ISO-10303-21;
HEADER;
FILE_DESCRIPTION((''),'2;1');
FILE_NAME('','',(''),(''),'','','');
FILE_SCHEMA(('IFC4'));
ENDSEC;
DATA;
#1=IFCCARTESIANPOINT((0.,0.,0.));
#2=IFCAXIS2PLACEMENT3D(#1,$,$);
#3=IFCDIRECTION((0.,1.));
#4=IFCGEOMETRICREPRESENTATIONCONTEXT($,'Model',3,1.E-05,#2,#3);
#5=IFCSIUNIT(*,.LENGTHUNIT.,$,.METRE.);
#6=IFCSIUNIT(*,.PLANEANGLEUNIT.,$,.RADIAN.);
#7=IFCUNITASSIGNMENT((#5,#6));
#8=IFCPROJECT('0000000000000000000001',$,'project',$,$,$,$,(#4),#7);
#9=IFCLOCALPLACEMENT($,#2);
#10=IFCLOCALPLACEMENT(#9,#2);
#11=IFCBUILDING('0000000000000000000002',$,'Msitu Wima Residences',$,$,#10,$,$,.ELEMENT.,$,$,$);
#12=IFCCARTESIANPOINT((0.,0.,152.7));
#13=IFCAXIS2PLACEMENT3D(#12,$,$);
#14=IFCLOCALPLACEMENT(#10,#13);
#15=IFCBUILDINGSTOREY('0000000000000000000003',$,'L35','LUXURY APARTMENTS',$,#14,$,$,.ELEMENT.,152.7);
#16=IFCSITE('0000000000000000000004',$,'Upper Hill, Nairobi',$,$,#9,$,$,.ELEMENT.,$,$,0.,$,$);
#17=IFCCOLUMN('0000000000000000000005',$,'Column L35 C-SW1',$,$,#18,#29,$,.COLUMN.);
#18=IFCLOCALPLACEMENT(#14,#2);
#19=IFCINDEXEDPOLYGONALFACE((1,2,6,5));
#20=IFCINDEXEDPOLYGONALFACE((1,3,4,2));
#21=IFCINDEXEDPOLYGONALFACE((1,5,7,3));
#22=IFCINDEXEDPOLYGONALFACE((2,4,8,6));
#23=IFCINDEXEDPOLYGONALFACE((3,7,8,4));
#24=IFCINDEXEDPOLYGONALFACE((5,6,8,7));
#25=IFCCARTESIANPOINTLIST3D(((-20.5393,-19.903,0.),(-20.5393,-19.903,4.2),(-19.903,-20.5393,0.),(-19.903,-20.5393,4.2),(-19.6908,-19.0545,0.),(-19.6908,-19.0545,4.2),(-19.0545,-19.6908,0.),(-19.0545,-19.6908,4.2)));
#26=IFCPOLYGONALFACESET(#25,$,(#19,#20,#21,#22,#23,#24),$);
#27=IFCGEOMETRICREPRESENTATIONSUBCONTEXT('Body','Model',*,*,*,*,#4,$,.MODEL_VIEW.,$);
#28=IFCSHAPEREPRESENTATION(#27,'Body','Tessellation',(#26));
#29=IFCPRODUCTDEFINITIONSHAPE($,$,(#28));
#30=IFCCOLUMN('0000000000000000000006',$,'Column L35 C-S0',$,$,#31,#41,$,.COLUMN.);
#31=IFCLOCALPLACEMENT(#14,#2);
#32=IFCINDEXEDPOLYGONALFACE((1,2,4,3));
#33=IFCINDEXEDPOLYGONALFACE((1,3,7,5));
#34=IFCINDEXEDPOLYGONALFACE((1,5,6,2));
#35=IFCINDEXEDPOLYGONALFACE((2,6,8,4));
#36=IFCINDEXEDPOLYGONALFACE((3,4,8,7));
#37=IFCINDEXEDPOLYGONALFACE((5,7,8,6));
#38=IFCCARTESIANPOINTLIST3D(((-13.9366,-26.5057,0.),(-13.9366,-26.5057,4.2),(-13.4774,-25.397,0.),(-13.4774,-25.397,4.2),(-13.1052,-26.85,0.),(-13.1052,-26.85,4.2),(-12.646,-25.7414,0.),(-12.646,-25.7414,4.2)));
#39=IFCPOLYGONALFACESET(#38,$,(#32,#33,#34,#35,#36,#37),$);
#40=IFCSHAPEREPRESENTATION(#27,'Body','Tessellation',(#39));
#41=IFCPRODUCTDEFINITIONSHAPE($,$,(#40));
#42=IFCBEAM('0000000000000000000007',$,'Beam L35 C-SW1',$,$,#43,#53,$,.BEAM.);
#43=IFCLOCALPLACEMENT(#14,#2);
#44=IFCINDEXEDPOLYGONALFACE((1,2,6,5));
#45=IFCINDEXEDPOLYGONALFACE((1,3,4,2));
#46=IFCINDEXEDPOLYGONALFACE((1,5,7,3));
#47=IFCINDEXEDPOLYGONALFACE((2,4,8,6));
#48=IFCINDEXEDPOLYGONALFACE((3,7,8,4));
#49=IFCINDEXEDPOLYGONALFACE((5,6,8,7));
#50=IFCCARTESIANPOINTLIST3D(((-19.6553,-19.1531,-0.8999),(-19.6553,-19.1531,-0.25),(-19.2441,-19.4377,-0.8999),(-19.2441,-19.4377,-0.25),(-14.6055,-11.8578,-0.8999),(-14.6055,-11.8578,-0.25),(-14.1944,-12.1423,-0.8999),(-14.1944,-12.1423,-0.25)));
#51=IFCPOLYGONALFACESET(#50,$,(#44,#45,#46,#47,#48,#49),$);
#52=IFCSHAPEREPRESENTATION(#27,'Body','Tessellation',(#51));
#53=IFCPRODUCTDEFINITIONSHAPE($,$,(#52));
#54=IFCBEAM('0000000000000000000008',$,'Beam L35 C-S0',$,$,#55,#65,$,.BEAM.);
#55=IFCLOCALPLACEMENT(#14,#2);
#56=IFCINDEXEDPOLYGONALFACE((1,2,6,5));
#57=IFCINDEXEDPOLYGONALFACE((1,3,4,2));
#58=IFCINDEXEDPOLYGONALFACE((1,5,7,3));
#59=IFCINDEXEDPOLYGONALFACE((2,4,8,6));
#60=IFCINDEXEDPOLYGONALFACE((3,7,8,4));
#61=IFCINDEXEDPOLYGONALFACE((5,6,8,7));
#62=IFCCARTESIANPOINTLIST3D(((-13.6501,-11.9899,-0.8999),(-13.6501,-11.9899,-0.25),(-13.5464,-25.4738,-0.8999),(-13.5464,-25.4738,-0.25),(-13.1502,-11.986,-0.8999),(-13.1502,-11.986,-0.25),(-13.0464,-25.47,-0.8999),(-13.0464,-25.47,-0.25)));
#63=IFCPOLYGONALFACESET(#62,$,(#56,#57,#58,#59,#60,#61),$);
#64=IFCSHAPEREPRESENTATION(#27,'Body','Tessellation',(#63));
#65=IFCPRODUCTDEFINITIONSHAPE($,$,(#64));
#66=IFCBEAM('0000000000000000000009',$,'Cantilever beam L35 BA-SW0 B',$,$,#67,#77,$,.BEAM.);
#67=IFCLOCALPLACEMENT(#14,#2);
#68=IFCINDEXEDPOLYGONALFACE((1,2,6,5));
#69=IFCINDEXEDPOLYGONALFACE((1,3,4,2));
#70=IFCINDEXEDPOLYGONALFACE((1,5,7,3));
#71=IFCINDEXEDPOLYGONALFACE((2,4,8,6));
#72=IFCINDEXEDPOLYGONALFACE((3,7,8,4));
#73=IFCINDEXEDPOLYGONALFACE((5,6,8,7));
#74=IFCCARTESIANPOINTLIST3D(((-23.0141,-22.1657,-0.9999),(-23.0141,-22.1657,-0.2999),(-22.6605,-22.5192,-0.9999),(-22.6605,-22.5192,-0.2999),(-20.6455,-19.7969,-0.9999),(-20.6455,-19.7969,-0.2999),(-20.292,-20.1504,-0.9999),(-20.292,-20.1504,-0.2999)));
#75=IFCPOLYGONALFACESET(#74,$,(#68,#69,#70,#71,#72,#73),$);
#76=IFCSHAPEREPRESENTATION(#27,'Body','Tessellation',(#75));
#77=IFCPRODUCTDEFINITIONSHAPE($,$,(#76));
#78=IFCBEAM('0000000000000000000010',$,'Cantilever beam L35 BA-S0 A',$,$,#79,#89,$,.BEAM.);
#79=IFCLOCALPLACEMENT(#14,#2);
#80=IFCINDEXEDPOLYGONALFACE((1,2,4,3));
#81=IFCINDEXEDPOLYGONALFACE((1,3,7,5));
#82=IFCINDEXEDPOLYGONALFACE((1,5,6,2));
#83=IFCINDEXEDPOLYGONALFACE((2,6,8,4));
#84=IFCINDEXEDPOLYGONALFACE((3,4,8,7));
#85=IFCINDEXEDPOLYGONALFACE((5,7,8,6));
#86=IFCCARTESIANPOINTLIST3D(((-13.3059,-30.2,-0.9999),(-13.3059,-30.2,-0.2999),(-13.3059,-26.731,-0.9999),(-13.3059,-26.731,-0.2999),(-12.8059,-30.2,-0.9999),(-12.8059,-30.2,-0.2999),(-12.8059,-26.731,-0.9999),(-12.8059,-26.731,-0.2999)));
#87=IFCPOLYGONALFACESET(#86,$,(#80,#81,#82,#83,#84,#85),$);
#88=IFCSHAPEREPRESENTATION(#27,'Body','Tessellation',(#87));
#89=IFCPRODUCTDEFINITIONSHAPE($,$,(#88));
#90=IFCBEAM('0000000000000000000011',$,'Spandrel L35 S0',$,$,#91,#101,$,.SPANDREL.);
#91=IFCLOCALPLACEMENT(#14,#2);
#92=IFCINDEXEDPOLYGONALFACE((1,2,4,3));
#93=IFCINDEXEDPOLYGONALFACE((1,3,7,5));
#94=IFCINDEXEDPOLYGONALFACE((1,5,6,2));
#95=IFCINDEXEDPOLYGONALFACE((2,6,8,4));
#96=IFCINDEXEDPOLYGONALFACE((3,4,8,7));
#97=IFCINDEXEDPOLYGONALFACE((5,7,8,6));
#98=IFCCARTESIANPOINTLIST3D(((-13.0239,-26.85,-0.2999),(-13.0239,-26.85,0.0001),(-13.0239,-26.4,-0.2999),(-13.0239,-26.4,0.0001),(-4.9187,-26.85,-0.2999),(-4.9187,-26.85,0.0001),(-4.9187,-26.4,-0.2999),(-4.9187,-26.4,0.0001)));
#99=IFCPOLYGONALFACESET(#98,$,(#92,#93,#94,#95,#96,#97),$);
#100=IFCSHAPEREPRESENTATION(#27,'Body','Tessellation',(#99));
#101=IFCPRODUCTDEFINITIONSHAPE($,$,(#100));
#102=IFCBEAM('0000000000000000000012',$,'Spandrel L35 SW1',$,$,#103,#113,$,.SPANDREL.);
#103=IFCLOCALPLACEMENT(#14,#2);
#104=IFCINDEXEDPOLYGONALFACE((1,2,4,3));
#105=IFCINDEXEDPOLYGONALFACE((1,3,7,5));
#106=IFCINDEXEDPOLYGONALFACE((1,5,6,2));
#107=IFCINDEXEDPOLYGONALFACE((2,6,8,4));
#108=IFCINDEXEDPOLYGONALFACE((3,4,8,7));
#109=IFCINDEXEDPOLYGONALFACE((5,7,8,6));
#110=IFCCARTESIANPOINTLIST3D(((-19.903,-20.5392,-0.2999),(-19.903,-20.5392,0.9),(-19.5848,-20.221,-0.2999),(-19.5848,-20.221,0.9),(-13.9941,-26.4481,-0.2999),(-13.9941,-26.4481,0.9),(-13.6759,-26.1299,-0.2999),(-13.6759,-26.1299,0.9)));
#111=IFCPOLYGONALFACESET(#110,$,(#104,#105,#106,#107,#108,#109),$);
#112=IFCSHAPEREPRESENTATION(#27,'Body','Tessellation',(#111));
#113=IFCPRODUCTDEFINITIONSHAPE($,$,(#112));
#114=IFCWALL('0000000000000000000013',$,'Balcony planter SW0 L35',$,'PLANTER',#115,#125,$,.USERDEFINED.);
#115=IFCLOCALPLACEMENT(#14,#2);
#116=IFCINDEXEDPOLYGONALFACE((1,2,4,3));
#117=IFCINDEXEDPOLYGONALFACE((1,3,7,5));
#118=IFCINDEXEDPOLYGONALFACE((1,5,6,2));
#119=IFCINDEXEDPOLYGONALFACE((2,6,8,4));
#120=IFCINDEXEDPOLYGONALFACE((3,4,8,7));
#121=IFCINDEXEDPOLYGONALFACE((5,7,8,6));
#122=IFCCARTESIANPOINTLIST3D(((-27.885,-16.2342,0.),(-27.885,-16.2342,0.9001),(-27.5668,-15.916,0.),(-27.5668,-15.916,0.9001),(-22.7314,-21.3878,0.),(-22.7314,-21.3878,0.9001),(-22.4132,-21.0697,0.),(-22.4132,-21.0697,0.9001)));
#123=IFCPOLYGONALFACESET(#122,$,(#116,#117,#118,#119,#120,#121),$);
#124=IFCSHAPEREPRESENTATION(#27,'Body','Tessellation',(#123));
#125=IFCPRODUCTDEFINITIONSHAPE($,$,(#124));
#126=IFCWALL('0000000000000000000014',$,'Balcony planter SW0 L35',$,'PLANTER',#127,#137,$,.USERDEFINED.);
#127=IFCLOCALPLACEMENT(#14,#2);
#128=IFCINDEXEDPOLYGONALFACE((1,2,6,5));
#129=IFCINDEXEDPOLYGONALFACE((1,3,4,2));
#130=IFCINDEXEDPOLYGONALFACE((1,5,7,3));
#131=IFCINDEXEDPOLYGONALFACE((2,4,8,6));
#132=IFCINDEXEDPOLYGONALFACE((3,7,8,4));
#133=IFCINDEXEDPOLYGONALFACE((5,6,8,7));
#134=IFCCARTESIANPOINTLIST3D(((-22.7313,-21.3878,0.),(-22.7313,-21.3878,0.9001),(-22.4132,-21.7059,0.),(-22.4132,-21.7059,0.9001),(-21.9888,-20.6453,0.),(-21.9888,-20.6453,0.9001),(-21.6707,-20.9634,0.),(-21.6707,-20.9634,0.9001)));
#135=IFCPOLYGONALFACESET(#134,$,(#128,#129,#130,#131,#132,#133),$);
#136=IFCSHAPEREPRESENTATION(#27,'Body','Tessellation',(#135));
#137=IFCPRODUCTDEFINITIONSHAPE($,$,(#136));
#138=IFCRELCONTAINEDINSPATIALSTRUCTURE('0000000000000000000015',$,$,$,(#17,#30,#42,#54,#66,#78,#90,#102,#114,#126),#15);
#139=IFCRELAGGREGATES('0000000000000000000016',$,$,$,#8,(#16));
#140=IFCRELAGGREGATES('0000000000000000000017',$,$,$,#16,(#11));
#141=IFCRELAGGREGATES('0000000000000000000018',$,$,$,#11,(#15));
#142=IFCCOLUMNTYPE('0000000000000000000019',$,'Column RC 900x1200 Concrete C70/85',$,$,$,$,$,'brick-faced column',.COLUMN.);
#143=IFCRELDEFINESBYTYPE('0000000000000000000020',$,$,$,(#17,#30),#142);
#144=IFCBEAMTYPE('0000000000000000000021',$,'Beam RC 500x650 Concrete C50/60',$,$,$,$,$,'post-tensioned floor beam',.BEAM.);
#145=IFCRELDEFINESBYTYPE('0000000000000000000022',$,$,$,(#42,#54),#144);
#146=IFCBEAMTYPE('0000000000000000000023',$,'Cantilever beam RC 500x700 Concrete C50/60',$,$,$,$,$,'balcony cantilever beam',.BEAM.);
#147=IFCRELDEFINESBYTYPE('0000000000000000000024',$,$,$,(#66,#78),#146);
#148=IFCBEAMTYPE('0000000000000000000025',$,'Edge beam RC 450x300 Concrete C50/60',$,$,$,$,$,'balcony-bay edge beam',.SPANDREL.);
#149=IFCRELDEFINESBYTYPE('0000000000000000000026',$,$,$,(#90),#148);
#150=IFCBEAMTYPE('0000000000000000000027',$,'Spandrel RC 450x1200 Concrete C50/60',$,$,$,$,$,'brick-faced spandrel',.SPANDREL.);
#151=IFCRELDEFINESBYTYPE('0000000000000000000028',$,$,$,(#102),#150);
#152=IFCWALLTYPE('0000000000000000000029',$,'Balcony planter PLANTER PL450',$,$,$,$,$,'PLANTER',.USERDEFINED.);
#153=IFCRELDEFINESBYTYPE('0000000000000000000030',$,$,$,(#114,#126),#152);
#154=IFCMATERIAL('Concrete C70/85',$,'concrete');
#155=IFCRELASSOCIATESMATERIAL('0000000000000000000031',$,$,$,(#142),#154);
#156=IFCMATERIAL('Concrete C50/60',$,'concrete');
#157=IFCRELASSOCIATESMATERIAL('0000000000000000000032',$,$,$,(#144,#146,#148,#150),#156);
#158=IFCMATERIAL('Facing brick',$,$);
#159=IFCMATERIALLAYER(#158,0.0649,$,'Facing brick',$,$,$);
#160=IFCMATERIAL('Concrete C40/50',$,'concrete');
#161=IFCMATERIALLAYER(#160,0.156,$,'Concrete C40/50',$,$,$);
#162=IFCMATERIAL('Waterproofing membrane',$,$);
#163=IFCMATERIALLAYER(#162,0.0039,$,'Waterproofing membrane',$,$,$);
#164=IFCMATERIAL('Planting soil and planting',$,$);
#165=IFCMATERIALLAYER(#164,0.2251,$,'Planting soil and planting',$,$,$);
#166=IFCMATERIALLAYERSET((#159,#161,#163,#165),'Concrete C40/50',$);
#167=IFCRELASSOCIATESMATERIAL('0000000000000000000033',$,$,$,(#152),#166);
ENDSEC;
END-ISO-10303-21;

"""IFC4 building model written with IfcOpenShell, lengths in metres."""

from ifc_helpers import new_model, si_unit, direction, frame, frame_2d, origin, origin_2d, place, context, subcontext, project, spatial, rectangle, extrude, material, layer, layer_set, material_profile, profile_set, type_object, element, save


model = new_model("IFC4")

# Units and contexts
model_context = context("Model", 3, precision=1e-05, world=origin(), true_north=direction((0.0, 1.0)))
body_context = subcontext(model_context, "Body", "Model", "MODEL_VIEW")
ifc_project = project(units=[si_unit("LENGTHUNIT", "METRE"), si_unit("PLANEANGLEUNIT", "RADIAN")], contexts=[model_context])

# Site, building, storey
site_placement = place(None, origin())
site = spatial("IfcSite", under=ifc_project, at=site_placement, Name="Upper Hill, Nairobi", CompositionType="ELEMENT", RefElevation=0.0)
building_placement = place(site_placement, origin())
building = spatial("IfcBuilding", under=site, at=building_placement, Name="Msitu Wima Residences", CompositionType="ELEMENT")
storey_placement = place(building_placement, frame((0.0, 0.0, 152.7)))
storey = spatial("IfcBuildingStorey", under=building, at=storey_placement, Name="L35", Description="LUXURY APARTMENTS", CompositionType="ELEMENT", Elevation=152.7)

# Columns
ifc_material_1 = material(Name="Concrete C70/85", Category="concrete")
ifc_material_profile_1 = material_profile(ifc_material_1, rectangle(XDim=0.8999, YDim=1.2, at=origin_2d()), Name="RC 900x1200")
ifc_profile_set_1 = profile_set([ifc_material_profile_1], Name="Concrete C70/85")
column_type = type_object("IfcColumnType", Name="Column RC 900x1200 Concrete C70/85", ElementType="brick-faced column", PredefinedType="COLUMN", material=ifc_profile_set_1)
for number, where, z_axis, x_axis, name in (
    (1, (-19.7969, -19.7969, 0.0), (0.0, 0.0, 1.0), (0.707107, -0.707107, 0.0), "Column L35 C-SW1"),
    (2, (-13.2913, -26.1235, 0.0), (0.0, 0.0, 1.0), (0.92388, -0.382683, 0.0), "Column L35 C-S0"),
):
    element("IfcColumn", number, at=place(storey_placement, frame(where, z_axis=z_axis, x_axis=x_axis)), inside=storey, type_object=column_type, Name=name, PredefinedType="COLUMN", context=body_context, shape_type="SweptSolid", body=[
        extrude(rectangle(XDim=0.8999, YDim=1.2, at=origin_2d()), origin(), (0.0, 0.0, 1.0), 4.2),
    ])

# Beams
ifc_material_2 = material(Name="Concrete C50/60", Category="concrete")
ifc_material_profile_2 = material_profile(ifc_material_2, rectangle(XDim=0.5, YDim=0.6499, at=origin_2d()), Name="RC 500x650")
ifc_profile_set_2 = profile_set([ifc_material_profile_2], Name="Concrete C50/60")
beam_type_1 = type_object("IfcBeamType", Name="Beam RC 500x650 Concrete C50/60", ElementType="post-tensioned floor beam", PredefinedType="BEAM", material=ifc_profile_set_2)
beam_1_placement = place(storey_placement, frame((-19.4497, -19.2954, -0.575), z_axis=(0.569144, 0.822238, 0.0), x_axis=(-0.822238, 0.569144, 0.0)))
element("IfcBeam", 3, at=beam_1_placement, inside=storey, type_object=beam_type_1, Name="Beam L35 C-SW1", PredefinedType="BEAM", context=body_context, shape_type="SweptSolid", body=[
    extrude(rectangle(XDim=0.5, YDim=0.6499, at=origin_2d()), origin(), (0.0, 0.0, 1.0), 8.8726),
])
beam_2_placement = place(storey_placement, frame((-13.2964, -25.4719, -0.575), z_axis=(-0.007695, 0.99997, 0.0), x_axis=(-0.99997, -0.007695, 0.0)))
element("IfcBeam", 4, at=beam_2_placement, inside=storey, type_object=beam_type_1, Name="Beam L35 C-S0", PredefinedType="BEAM", context=body_context, shape_type="SweptSolid", body=[
    extrude(rectangle(XDim=0.5, YDim=0.6499, at=origin_2d()), origin(), (0.0, 0.0, 1.0), 13.4844),
])
ifc_material_profile_3 = material_profile(ifc_material_2, rectangle(XDim=0.5, YDim=0.7, at=origin_2d()), Name="RC 500x700")
ifc_profile_set_3 = profile_set([ifc_material_profile_3], Name="Concrete C50/60")
beam_type_2 = type_object("IfcBeamType", Name="Cantilever beam RC 500x700 Concrete C50/60", ElementType="balcony cantilever beam", PredefinedType="BEAM", material=ifc_profile_set_3)
beam_3_placement = place(storey_placement, frame((-20.4688, -19.9736, -0.6499), z_axis=(-0.70707, -0.707143, 0.0), x_axis=(0.707143, -0.70707, 0.0)))
element("IfcBeam", 5, at=beam_3_placement, inside=storey, type_object=beam_type_2, Name="Cantilever beam L35 BA-SW0 B", PredefinedType="BEAM", context=body_context, shape_type="SweptSolid", body=[
    extrude(rectangle(XDim=0.5, YDim=0.7, at=origin_2d()), origin(), (0.0, 0.0, 1.0), 3.3499),
])
beam_4_placement = place(storey_placement, frame((-13.0559, -26.731, -0.6499), z_axis=(0.0, -1.0, 0.0), x_axis=(1.0, 0.0, 0.0)))
element("IfcBeam", 6, at=beam_4_placement, inside=storey, type_object=beam_type_2, Name="Cantilever beam L35 BA-S0 A", PredefinedType="BEAM", context=body_context, shape_type="SweptSolid", body=[
    extrude(rectangle(XDim=0.5, YDim=0.7, at=origin_2d()), origin(), (0.0, 0.0, 1.0), 3.469),
])
ifc_material_profile_4 = material_profile(ifc_material_2, rectangle(XDim=0.45, YDim=0.3, at=origin_2d()), Name="RC 450x300")
ifc_profile_set_4 = profile_set([ifc_material_profile_4], Name="Concrete C50/60")
beam_type_3 = type_object("IfcBeamType", Name="Edge beam RC 450x300 Concrete C50/60", ElementType="balcony-bay edge beam", PredefinedType="SPANDREL", material=ifc_profile_set_4)
beam_5_placement = place(storey_placement, frame((-13.0239, -26.625, -0.1499), z_axis=(1.0, 0.0, 0.0), x_axis=(0.0, 1.0, 0.0)))
element("IfcBeam", 7, at=beam_5_placement, inside=storey, type_object=beam_type_3, Name="Spandrel L35 S0", PredefinedType="SPANDREL", context=body_context, shape_type="SweptSolid", body=[
    extrude(rectangle(XDim=0.45, YDim=0.3, at=origin_2d()), origin(), (0.0, 0.0, 1.0), 8.1052),
])
ifc_material_profile_5 = material_profile(ifc_material_2, rectangle(XDim=0.45, YDim=1.2, at=origin_2d()), Name="RC 450x1200")
ifc_profile_set_5 = profile_set([ifc_material_profile_5], Name="Concrete C50/60")
beam_type_4 = type_object("IfcBeamType", Name="Spandrel RC 450x1200 Concrete C50/60", ElementType="brick-faced spandrel", PredefinedType="SPANDREL", material=ifc_profile_set_5)
beam_6_placement = place(storey_placement, frame((-19.7439, -20.3801, 0.3), z_axis=(0.707107, -0.707107, 0.0), x_axis=(0.707107, 0.707107, 0.0)))
element("IfcBeam", 8, at=beam_6_placement, inside=storey, type_object=beam_type_4, Name="Spandrel L35 SW1", PredefinedType="SPANDREL", context=body_context, shape_type="SweptSolid", body=[
    extrude(rectangle(XDim=0.45, YDim=1.2, at=origin_2d()), origin(), (0.0, 0.0, 1.0), 8.3564),
])

# Walls
ifc_material_3 = material(Name="Facing brick")
ifc_layer_1 = layer(ifc_material_3, 0.0649, Name="Facing brick")
ifc_material_4 = material(Name="Concrete C40/50", Category="concrete")
ifc_layer_2 = layer(ifc_material_4, 0.156, Name="Concrete C40/50")
ifc_material_5 = material(Name="Waterproofing membrane")
ifc_layer_3 = layer(ifc_material_5, 0.0039, Name="Waterproofing membrane")
ifc_material_6 = material(Name="Planting soil and planting")
ifc_layer_4 = layer(ifc_material_6, 0.2251, Name="Planting soil and planting")
ifc_layer_set_1 = layer_set([ifc_layer_1, ifc_layer_2, ifc_layer_3, ifc_layer_4], Name="Concrete C40/50")
wall_type_1 = type_object("IfcWallType", Name="Balcony planter PLANTER PL450", ElementType="PLANTER", PredefinedType="USERDEFINED", material=ifc_layer_set_1)
wall_1_placement = place(storey_placement, frame((-27.7258, -16.0752, 0.0), z_axis=(0.0, 0.0, 1.0), x_axis=(0.707107, -0.707107, 0.0)))
element("IfcWall", 9, at=wall_1_placement, inside=storey, type_object=wall_type_1, Name="Balcony planter SW0 L35", ObjectType="PLANTER", PredefinedType="USERDEFINED", context=body_context, shape_type="SweptSolid", body=[
    extrude(rectangle(XDim=7.2883, YDim=0.45, at=frame_2d((3.644, 0.0))), origin(), (0.0, 0.0, 1.0), 0.9001),
])
wall_2_placement = place(storey_placement, frame((-21.8298, -20.8044, 0.0), z_axis=(0.0, 0.0, 1.0), x_axis=(-0.707107, -0.707107, 0.0)))
element("IfcWall", 10, at=wall_2_placement, inside=storey, type_object=wall_type_1, Name="Balcony planter SW0 L35", ObjectType="PLANTER", PredefinedType="USERDEFINED", context=body_context, shape_type="SweptSolid", body=[
    extrude(rectangle(XDim=1.05, YDim=0.45, at=frame_2d((0.5249, 0.0))), origin(), (0.0, 0.0, 1.0), 0.9001),
])

save(model, "model.ifc")
